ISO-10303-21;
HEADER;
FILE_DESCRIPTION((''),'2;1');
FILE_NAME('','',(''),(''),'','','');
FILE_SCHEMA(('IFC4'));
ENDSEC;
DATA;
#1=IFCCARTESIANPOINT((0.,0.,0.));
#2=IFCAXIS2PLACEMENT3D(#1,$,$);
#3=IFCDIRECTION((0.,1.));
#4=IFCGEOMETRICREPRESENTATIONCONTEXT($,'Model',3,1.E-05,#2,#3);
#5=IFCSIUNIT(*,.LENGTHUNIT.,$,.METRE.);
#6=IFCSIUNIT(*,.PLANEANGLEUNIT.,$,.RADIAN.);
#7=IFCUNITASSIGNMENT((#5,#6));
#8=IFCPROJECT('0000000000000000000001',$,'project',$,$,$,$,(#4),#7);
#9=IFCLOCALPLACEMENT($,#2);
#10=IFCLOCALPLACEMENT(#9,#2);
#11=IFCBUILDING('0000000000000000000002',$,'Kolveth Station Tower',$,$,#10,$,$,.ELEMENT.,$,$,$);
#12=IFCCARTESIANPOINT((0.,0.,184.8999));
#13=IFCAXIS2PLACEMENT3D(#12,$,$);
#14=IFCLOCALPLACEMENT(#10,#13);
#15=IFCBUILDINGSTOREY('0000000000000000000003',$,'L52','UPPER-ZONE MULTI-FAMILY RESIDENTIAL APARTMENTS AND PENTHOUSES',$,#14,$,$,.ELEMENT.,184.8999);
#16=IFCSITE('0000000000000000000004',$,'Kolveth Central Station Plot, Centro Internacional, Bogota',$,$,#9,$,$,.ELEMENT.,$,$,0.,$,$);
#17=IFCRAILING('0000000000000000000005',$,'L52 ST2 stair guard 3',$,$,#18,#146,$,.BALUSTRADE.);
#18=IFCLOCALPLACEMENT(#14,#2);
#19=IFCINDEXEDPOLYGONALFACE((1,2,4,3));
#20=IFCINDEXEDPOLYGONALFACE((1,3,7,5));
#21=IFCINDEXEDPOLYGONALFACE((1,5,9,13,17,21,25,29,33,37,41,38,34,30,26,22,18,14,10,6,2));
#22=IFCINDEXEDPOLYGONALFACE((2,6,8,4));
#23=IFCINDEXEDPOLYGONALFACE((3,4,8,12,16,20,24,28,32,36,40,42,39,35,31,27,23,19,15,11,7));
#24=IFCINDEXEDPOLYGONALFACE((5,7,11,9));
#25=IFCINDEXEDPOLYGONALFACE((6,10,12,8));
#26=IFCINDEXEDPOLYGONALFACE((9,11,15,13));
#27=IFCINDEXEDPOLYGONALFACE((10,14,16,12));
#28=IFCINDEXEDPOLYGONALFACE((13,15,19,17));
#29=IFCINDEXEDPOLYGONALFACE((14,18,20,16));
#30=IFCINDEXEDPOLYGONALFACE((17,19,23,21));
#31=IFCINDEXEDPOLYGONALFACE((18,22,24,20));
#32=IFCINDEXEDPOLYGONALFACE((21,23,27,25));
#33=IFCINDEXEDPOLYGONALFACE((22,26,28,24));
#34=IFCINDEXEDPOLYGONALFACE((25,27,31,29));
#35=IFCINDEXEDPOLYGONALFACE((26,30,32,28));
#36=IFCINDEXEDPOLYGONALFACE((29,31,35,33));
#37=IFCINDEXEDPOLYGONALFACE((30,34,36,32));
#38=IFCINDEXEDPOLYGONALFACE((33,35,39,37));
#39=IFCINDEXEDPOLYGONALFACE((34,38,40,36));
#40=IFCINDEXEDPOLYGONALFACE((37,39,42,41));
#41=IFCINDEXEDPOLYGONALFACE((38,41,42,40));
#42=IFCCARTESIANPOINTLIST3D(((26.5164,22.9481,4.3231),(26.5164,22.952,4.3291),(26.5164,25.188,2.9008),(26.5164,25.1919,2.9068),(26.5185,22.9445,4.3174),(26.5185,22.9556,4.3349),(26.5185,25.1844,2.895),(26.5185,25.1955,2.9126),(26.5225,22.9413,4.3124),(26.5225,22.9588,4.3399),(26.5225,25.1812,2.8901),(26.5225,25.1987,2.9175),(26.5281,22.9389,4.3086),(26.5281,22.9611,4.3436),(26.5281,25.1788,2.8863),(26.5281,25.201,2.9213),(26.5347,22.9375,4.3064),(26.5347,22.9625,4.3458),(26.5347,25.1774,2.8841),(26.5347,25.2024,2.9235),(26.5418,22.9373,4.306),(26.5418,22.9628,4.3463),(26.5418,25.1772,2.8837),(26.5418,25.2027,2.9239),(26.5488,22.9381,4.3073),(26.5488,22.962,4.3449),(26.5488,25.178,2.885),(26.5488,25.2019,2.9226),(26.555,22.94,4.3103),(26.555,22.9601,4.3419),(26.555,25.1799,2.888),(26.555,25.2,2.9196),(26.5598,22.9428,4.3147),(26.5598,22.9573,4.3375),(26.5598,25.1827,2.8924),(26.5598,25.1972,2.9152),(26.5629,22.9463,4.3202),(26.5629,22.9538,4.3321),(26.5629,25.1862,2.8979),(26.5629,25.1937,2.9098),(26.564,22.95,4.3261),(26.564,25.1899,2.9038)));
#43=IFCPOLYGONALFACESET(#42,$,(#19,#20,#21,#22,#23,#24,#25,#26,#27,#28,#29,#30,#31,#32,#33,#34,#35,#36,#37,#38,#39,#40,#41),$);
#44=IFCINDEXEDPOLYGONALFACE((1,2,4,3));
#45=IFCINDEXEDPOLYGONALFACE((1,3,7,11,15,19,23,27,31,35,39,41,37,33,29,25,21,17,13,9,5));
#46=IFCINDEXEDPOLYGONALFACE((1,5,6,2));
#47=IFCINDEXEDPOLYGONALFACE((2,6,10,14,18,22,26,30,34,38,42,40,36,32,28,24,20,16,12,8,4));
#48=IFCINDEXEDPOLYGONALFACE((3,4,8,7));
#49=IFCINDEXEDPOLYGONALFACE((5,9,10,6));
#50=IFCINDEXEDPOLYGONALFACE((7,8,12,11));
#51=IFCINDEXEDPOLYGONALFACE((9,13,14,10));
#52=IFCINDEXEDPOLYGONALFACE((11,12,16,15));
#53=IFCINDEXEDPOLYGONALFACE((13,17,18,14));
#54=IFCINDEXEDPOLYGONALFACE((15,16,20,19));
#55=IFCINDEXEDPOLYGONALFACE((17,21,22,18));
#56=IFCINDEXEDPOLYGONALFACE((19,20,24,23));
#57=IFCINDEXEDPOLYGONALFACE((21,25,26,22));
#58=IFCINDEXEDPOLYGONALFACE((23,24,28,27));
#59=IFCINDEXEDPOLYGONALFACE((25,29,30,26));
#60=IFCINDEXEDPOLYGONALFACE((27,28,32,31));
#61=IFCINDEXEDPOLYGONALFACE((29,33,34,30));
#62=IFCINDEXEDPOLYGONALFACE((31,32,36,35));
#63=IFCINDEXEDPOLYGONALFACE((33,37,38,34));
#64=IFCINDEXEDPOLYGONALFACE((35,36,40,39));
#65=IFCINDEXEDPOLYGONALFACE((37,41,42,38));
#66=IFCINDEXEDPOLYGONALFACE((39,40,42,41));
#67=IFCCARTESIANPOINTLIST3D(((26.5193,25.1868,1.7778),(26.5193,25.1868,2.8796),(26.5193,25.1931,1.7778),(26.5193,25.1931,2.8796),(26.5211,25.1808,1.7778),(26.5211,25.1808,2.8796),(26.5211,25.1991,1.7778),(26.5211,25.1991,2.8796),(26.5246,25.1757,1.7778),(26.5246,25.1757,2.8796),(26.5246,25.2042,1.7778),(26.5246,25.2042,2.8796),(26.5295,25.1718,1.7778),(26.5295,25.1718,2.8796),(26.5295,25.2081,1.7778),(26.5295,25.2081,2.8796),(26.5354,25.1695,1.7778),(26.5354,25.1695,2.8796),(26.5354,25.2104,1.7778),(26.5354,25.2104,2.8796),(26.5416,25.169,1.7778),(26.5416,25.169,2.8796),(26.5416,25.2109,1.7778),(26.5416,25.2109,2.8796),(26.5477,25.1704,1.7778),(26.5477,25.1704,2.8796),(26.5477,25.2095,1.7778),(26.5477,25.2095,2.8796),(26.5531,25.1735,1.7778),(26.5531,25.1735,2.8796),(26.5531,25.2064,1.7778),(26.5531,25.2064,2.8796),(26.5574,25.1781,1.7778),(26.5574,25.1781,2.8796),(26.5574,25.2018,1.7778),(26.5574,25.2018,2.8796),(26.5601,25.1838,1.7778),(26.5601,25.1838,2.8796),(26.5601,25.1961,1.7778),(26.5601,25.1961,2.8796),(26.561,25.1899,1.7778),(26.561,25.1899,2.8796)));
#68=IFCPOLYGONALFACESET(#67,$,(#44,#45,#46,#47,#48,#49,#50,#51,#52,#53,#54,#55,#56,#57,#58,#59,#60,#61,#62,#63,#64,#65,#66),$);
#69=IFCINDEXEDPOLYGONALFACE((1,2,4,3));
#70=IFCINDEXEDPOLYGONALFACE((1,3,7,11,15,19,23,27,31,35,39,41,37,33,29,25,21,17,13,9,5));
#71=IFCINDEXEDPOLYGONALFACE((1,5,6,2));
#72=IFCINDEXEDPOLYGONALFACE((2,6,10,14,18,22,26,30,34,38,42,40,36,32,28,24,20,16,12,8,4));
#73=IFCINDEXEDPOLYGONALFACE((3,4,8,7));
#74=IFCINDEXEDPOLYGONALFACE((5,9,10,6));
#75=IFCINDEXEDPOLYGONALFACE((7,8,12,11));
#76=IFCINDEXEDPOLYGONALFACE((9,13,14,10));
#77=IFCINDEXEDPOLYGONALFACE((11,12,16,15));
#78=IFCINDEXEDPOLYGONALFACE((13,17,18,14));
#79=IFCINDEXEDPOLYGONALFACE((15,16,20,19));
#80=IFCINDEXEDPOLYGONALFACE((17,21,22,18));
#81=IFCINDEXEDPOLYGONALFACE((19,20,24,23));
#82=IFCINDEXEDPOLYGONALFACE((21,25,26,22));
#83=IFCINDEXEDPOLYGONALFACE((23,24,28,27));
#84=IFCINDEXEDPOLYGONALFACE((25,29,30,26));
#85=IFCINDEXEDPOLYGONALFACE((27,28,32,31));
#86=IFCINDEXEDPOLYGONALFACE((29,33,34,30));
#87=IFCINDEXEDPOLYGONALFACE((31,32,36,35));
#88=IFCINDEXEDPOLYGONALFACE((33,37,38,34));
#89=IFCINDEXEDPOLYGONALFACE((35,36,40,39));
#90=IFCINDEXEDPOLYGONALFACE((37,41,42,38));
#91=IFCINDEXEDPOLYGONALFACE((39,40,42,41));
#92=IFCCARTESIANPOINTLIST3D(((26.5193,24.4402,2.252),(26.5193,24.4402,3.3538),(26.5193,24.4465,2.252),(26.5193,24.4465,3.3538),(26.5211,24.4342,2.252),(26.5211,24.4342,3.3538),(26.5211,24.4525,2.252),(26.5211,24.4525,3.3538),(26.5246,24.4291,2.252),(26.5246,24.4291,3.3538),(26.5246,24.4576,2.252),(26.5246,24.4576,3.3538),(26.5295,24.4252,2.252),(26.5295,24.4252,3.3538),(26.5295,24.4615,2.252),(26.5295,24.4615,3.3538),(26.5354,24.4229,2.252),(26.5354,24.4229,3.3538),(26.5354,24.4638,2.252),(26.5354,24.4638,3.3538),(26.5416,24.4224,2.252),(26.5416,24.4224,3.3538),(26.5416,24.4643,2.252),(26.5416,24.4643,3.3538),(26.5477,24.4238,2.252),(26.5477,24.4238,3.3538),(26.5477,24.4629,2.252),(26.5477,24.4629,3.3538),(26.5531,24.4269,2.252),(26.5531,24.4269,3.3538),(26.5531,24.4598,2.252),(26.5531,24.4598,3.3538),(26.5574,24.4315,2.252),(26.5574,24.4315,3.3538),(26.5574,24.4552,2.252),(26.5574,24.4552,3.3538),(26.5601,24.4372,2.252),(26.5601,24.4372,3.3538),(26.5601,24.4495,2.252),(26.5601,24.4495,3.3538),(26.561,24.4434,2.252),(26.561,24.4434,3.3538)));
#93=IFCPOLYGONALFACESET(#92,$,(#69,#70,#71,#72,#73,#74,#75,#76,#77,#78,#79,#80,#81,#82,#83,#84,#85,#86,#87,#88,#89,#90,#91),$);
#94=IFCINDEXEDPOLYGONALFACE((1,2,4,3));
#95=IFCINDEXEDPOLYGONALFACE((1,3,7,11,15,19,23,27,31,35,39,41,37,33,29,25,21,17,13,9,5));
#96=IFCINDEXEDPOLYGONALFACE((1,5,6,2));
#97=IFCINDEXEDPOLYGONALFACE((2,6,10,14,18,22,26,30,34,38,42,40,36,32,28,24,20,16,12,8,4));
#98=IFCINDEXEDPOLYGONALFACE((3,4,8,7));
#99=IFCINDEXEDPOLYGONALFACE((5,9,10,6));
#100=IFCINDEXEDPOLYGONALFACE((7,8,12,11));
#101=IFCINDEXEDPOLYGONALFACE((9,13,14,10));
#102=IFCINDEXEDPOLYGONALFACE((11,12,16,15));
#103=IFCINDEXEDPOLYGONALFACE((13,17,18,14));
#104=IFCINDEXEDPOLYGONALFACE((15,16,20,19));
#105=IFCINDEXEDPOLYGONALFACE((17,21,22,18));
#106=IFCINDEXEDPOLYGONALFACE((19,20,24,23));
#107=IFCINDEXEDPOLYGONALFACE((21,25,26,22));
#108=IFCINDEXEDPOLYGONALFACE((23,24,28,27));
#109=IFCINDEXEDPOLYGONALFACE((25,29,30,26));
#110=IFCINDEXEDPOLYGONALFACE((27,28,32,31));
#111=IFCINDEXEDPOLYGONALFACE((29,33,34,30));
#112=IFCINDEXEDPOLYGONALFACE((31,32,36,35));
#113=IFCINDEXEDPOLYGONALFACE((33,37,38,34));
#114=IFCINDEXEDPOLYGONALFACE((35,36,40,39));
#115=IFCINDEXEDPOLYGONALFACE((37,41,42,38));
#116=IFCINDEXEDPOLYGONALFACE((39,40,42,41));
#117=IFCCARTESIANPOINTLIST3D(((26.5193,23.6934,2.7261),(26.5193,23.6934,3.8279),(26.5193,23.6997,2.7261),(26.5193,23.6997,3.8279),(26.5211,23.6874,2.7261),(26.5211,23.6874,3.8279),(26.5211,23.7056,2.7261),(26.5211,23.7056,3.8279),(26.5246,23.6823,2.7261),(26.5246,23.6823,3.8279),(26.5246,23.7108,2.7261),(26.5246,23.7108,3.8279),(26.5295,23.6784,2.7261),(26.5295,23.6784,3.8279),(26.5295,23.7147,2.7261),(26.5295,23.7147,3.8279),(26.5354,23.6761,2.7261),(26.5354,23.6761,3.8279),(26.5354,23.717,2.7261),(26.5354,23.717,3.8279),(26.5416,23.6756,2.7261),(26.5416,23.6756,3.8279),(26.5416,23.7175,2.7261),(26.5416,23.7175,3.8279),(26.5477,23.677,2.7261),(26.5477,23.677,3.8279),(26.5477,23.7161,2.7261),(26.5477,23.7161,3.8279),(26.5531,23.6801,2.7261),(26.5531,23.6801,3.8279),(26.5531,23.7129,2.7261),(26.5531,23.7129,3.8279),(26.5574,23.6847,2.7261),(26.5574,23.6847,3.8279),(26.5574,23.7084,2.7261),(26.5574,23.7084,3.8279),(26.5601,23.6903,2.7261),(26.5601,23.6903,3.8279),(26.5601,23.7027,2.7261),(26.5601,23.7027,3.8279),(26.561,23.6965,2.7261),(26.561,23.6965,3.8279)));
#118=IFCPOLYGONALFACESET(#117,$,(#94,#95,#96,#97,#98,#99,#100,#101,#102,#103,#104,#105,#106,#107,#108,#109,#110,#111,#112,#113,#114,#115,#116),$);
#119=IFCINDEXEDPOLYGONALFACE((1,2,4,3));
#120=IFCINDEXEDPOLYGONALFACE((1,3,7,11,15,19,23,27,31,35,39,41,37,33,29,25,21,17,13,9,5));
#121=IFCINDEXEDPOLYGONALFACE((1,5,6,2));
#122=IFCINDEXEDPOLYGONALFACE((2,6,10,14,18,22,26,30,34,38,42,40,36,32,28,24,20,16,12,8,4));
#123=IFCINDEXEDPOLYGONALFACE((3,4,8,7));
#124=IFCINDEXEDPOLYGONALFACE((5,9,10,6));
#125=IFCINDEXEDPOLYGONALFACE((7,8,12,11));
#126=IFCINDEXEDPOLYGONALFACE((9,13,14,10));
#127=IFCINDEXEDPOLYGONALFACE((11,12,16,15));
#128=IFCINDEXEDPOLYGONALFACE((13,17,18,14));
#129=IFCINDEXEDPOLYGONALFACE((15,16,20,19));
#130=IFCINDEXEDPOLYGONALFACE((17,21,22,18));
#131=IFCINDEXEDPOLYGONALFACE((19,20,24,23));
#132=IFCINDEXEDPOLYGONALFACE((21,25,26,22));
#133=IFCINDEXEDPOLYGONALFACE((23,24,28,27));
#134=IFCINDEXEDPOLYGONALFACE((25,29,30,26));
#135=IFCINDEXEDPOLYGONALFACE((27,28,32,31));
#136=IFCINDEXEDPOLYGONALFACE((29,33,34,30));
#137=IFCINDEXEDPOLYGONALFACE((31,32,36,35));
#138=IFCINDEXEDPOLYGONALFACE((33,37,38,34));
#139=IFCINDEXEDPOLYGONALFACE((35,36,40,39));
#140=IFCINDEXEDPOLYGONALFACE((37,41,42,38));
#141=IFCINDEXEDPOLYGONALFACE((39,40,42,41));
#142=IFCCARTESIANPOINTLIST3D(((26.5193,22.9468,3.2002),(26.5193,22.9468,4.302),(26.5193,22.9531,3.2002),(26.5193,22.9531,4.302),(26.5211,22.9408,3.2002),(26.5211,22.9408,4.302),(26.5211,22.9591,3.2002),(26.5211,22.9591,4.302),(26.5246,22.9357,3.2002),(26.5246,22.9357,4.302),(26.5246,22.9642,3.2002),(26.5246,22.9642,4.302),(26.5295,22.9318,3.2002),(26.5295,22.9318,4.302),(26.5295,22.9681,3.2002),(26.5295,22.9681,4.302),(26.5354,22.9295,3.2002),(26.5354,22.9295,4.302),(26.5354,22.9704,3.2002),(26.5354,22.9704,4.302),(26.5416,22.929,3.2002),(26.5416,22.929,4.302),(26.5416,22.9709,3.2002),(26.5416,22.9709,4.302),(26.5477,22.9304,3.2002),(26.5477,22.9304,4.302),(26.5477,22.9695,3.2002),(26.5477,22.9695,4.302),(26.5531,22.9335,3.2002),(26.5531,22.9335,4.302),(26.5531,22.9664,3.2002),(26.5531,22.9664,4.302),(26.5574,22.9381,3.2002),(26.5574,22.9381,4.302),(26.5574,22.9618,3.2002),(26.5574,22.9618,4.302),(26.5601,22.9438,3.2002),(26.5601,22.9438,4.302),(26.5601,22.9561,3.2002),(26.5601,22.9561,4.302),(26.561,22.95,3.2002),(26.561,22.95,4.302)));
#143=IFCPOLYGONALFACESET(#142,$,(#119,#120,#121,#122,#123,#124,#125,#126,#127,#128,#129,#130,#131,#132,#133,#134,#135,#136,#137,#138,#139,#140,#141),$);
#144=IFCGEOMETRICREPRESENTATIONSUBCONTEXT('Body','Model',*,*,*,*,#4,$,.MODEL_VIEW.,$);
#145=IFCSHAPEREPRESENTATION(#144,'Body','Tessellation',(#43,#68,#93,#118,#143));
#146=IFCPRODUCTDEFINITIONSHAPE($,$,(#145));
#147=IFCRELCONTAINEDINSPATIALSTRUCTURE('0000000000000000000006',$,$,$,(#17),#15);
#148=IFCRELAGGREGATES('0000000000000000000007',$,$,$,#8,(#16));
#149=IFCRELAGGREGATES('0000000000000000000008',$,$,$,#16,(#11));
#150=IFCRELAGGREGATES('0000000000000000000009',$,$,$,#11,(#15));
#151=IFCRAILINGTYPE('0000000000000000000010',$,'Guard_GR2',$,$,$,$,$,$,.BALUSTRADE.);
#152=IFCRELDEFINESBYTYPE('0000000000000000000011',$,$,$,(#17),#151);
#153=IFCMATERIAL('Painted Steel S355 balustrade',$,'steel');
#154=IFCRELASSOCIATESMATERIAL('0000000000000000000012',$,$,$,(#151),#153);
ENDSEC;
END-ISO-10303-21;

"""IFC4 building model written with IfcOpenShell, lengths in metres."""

from ifc_helpers import new_model, si_unit, direction, frame, origin, origin_2d, place, context, subcontext, project, spatial, circle, extrude, material, type_object, element, save


model = new_model("IFC4")

# Units and contexts
model_context = context("Model", 3, precision=1e-05, world=origin(), true_north=direction((0.0, 1.0)))
body_context = subcontext(model_context, "Body", "Model", "MODEL_VIEW")
ifc_project = project(units=[si_unit("LENGTHUNIT", "METRE"), si_unit("PLANEANGLEUNIT", "RADIAN")], contexts=[model_context])

# Site, building, storey
site_placement = place(None, origin())
site = spatial("IfcSite", under=ifc_project, at=site_placement, Name="Kolveth Central Station Plot, Centro Internacional, Bogota", CompositionType="ELEMENT", RefElevation=0.0)
building_placement = place(site_placement, origin())
building = spatial("IfcBuilding", under=site, at=building_placement, Name="Kolveth Station Tower", CompositionType="ELEMENT")
storey_placement = place(building_placement, frame((0.0, 0.0, 184.8999)))
storey = spatial("IfcBuildingStorey", under=building, at=storey_placement, Name="L52", Description="UPPER-ZONE MULTI-FAMILY RESIDENTIAL APARTMENTS AND PENTHOUSES", CompositionType="ELEMENT", Elevation=184.8999)

# Railing
ifc_material_1 = material(Name="Painted Steel S355 balustrade", Category="steel")
railing_type_1 = type_object("IfcRailingType", Name="Guard_GR2", PredefinedType="BALUSTRADE", material=ifc_material_1)
railing_1_placement = place(storey_placement, frame((26.54, 25.1899, 1.7778)))
element("IfcRailing", 1, at=railing_1_placement, inside=storey, type_object=railing_type_1, Name="L52 ST2 stair guard 3", PredefinedType="BALUSTRADE", context=body_context, shape_type="SweptSolid", body=[
    extrude(circle(Radius=0.0239, at=origin_2d()), frame((0.0, 0.0, 1.126), z_axis=(0.0, -0.844188, 0.536048), x_axis=(1.0, 0.0, 0.0)), (0.0, 0.0, 1.0), 2.6533),
    extrude(circle(Radius=0.021, at=origin_2d()), origin(), (0.0, 0.0, 1.0), 1.1018),
    extrude(circle(Radius=0.021, at=origin_2d()), frame((0.0, -0.7466, 0.4741)), (0.0, 0.0, 1.0), 1.1018),
    extrude(circle(Radius=0.021, at=origin_2d()), frame((0.0, -1.4934, 0.9482)), (0.0, 0.0, 1.0), 1.1018),
    extrude(circle(Radius=0.021, at=origin_2d()), frame((0.0, -2.24, 1.4224)), (0.0, 0.0, 1.0), 1.1018),
])

save(model, "model.ifc")
